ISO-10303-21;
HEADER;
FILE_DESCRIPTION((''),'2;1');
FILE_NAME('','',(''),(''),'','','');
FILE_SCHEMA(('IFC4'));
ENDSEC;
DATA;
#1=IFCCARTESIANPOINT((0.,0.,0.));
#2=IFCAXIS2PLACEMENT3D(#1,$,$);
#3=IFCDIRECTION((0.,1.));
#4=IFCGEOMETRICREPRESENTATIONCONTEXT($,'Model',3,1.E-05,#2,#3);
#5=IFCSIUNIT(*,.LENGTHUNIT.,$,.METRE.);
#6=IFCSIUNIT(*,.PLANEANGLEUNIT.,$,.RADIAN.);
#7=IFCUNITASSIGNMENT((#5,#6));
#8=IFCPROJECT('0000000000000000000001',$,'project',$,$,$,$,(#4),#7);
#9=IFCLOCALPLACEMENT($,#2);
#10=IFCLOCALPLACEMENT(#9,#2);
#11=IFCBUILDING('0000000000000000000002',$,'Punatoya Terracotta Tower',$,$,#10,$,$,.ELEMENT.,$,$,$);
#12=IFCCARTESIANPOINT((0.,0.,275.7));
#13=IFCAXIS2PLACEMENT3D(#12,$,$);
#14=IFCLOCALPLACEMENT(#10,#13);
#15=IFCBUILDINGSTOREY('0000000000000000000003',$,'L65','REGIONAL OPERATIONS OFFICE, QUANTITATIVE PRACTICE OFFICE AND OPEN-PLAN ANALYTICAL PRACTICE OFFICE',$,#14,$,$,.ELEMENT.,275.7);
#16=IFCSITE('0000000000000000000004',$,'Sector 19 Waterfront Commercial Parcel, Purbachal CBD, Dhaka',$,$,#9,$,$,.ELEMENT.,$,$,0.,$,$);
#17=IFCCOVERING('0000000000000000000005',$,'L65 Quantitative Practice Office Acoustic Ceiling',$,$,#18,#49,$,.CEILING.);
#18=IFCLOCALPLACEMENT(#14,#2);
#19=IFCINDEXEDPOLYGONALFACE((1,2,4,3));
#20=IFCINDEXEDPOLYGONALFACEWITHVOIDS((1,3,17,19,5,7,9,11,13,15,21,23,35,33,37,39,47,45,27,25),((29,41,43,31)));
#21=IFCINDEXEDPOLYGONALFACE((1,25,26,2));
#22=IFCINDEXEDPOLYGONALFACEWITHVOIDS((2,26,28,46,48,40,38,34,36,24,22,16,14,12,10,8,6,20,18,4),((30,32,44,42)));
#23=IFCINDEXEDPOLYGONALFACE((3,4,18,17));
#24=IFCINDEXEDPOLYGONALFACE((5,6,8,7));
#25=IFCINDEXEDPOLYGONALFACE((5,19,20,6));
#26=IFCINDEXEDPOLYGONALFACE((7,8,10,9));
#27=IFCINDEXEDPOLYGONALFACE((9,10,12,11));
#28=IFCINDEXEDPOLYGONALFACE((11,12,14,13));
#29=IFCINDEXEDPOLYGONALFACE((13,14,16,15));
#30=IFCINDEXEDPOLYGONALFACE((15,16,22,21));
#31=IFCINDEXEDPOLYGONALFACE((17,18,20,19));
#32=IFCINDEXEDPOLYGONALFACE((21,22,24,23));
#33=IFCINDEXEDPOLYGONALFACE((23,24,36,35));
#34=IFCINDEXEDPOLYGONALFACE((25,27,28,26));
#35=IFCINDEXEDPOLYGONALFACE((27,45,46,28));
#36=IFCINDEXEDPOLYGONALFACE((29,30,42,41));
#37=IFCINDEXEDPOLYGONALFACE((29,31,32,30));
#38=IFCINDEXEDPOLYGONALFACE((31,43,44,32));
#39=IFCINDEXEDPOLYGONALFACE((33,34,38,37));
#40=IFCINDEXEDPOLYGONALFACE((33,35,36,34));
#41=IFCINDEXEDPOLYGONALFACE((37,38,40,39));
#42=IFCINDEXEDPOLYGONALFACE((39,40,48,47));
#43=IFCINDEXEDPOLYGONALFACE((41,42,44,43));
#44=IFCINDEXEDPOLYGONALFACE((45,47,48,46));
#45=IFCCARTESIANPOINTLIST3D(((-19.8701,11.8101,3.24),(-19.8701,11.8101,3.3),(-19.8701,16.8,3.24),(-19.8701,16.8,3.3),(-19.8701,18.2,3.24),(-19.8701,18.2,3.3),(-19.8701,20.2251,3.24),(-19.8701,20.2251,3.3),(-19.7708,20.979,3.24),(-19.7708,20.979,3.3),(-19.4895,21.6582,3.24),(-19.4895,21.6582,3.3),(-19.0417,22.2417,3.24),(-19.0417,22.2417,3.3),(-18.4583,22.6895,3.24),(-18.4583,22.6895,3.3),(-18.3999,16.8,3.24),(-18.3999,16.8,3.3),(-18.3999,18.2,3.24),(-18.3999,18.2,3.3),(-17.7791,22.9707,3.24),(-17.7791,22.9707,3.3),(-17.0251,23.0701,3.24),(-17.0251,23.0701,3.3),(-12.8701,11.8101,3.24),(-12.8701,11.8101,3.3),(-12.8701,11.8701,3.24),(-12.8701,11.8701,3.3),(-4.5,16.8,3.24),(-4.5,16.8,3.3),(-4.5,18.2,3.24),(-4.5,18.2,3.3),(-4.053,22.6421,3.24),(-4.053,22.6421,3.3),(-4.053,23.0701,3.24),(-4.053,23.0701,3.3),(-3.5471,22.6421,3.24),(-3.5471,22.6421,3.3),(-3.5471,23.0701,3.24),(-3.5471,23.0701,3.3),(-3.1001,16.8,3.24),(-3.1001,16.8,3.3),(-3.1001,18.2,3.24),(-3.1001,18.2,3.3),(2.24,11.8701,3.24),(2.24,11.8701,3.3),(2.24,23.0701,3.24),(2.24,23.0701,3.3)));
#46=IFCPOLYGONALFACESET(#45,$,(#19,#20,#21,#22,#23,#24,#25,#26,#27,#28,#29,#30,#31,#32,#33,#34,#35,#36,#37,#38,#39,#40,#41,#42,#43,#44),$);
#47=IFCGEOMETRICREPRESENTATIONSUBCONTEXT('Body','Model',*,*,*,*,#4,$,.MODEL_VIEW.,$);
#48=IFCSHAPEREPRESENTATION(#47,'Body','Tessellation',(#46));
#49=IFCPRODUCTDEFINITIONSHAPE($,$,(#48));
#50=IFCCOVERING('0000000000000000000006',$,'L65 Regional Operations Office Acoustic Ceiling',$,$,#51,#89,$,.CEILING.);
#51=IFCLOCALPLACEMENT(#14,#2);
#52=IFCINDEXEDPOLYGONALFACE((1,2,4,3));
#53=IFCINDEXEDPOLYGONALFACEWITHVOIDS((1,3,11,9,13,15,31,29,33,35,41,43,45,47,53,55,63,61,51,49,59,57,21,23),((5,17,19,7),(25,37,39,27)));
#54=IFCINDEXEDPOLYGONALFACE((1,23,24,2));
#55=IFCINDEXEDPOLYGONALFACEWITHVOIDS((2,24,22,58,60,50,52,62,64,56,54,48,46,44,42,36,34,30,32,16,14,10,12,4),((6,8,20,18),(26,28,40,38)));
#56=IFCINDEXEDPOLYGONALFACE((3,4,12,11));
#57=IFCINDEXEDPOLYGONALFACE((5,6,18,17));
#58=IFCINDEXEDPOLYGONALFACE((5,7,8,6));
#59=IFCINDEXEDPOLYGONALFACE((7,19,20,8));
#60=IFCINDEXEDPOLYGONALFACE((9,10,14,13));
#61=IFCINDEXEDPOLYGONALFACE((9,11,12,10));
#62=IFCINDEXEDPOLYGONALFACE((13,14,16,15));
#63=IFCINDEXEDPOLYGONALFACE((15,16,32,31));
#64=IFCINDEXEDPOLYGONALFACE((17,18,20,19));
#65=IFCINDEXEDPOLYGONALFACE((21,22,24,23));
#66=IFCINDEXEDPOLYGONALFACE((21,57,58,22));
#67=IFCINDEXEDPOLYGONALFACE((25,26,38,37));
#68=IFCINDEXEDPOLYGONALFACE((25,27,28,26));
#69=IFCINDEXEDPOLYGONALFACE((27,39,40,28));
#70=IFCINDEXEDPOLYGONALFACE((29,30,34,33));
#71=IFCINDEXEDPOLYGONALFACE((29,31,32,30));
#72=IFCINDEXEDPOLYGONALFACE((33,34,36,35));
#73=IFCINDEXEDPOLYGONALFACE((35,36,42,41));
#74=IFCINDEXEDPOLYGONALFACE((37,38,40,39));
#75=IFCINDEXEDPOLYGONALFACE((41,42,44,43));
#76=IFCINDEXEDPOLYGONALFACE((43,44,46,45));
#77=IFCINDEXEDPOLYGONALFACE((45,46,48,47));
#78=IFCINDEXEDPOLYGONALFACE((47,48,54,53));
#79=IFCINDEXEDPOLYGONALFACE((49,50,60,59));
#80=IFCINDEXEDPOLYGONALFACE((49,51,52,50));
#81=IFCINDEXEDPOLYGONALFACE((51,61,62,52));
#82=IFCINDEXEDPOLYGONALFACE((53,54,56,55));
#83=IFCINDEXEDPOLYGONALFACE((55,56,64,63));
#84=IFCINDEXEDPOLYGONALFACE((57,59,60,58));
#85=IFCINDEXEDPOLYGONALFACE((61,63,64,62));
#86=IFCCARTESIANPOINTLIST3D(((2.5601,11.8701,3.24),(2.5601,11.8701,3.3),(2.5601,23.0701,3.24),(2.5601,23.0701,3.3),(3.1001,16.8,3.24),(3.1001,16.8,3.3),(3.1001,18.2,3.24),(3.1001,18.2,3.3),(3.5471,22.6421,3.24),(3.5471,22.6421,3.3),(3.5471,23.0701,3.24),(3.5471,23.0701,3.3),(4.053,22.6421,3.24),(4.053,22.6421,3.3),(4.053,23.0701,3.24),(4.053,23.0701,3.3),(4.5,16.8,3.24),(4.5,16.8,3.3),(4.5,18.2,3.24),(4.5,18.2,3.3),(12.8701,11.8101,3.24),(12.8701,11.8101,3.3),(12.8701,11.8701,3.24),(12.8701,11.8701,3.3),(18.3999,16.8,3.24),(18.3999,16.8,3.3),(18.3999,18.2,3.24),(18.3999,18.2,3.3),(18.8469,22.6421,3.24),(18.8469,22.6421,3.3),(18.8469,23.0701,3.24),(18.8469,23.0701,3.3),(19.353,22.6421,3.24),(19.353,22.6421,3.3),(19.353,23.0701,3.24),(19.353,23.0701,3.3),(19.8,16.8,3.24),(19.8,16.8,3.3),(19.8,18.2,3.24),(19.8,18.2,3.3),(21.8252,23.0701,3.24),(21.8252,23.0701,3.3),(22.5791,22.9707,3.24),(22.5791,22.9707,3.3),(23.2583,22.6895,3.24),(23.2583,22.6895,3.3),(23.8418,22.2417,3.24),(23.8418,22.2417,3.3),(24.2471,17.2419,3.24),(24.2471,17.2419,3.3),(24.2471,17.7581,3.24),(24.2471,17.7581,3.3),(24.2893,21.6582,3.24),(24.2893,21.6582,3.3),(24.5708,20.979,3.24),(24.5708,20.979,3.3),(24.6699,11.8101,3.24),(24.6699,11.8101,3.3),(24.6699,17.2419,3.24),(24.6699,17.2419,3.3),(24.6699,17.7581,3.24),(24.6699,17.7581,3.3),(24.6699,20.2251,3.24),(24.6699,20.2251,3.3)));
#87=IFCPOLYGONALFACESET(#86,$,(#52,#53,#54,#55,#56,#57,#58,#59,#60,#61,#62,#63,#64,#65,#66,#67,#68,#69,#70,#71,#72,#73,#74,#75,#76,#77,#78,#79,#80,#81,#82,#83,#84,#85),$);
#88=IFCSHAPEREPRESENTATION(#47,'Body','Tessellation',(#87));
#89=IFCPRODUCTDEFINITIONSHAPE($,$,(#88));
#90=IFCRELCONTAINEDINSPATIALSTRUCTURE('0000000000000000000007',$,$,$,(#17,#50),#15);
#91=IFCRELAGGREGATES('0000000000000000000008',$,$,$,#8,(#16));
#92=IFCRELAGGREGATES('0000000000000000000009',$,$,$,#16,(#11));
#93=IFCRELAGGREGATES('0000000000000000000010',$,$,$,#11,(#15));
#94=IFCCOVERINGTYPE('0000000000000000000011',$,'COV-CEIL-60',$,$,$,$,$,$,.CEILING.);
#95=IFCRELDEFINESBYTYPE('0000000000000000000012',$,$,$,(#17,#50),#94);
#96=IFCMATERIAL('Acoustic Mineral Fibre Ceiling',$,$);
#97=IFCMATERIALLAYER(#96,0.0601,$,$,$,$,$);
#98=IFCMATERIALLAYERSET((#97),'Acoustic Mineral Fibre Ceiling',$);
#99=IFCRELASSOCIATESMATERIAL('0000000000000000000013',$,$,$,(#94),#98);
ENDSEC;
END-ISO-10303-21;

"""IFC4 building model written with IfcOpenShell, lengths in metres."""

from ifc_helpers import new_model, si_unit, direction, frame, origin, place, context, subcontext, project, spatial, polyline, outline, extrude, material, layer, layer_set, type_object, element, save


model = new_model("IFC4")

# Units and contexts
model_context = context("Model", 3, precision=1e-05, world=origin(), true_north=direction((0.0, 1.0)))
body_context = subcontext(model_context, "Body", "Model", "MODEL_VIEW")
ifc_project = project(units=[si_unit("LENGTHUNIT", "METRE"), si_unit("PLANEANGLEUNIT", "RADIAN")], contexts=[model_context])

# Site, building, storey
site_placement = place(None, origin())
site = spatial("IfcSite", under=ifc_project, at=site_placement, Name="Sector 19 Waterfront Commercial Parcel, Purbachal CBD, Dhaka", CompositionType="ELEMENT", RefElevation=0.0)
building_placement = place(site_placement, origin())
building = spatial("IfcBuilding", under=site, at=building_placement, Name="Punatoya Terracotta Tower", CompositionType="ELEMENT")
storey_placement = place(building_placement, frame((0.0, 0.0, 275.7)))
storey = spatial("IfcBuildingStorey", under=building, at=storey_placement, Name="L65", Description="REGIONAL OPERATIONS OFFICE, QUANTITATIVE PRACTICE OFFICE AND OPEN-PLAN ANALYTICAL PRACTICE OFFICE", CompositionType="ELEMENT", Elevation=275.7)

# Coverings
ifc_material_1 = material(Name="Acoustic Mineral Fibre Ceiling")
ifc_layer_1 = layer(ifc_material_1, 0.0601)
ifc_layer_set_1 = layer_set([ifc_layer_1], Name="Acoustic Mineral Fibre Ceiling")
covering_type = type_object("IfcCoveringType", Name="COV-CEIL-60", PredefinedType="CEILING", material=ifc_layer_set_1)
covering_1_placement = place(storey_placement, frame((0.0, 0.0, 3.24)))
element("IfcCovering", 1, at=covering_1_placement, inside=storey, type_object=covering_type, Name="L65 Quantitative Practice Office Acoustic Ceiling", PredefinedType="CEILING", context=body_context, shape_type="SweptSolid", body=[
    extrude(outline(polyline([(-19.8701, 16.8), (-19.8701, 11.8101), (-12.8701, 11.8101), (-12.8701, 11.8701), (2.24, 11.8701), (2.24, 23.0701), (-3.5471, 23.0701), (-3.5471, 22.6421), (-4.053, 22.6421), (-4.053, 23.0701), (-17.0251, 23.0701), (-17.7791, 22.9707), (-18.4583, 22.6895), (-19.0417, 22.2417), (-19.4895, 21.6582), (-19.7708, 20.979), (-19.8701, 20.2251), (-19.8701, 18.2), (-18.3999, 18.2), (-18.3999, 16.8), (-19.8701, 16.8)]), holes=[polyline([(-4.5, 16.8), (-4.5, 18.2), (-3.1001, 18.2), (-3.1001, 16.8), (-4.5, 16.8)])]), origin(), (0.0, 0.0, 1.0), 0.0601),
])
covering_2_placement = place(storey_placement, frame((0.0, 0.0, 3.24)))
element("IfcCovering", 2, at=covering_2_placement, inside=storey, type_object=covering_type, Name="L65 Regional Operations Office Acoustic Ceiling", PredefinedType="CEILING", context=body_context, shape_type="SweptSolid", body=[
    extrude(outline(polyline([(12.8701, 11.8101), (24.6699, 11.8101), (24.6699, 17.2419), (24.2471, 17.2419), (24.2471, 17.7581), (24.6699, 17.7581), (24.6699, 20.2251), (24.5708, 20.979), (24.2893, 21.6582), (23.8418, 22.2417), (23.2583, 22.6895), (22.5791, 22.9707), (21.8252, 23.0701), (19.353, 23.0701), (19.353, 22.6421), (18.8469, 22.6421), (18.8469, 23.0701), (4.053, 23.0701), (4.053, 22.6421), (3.5471, 22.6421), (3.5471, 23.0701), (2.5601, 23.0701), (2.5601, 11.8701), (12.8701, 11.8701), (12.8701, 11.8101)]), holes=[polyline([(19.8, 18.2), (19.8, 16.8), (18.3999, 16.8), (18.3999, 18.2), (19.8, 18.2)]), polyline([(4.5, 16.8), (3.1001, 16.8), (3.1001, 18.2), (4.5, 18.2), (4.5, 16.8)])]), origin(), (0.0, 0.0, 1.0), 0.0601),
])

save(model, "model.ifc")
